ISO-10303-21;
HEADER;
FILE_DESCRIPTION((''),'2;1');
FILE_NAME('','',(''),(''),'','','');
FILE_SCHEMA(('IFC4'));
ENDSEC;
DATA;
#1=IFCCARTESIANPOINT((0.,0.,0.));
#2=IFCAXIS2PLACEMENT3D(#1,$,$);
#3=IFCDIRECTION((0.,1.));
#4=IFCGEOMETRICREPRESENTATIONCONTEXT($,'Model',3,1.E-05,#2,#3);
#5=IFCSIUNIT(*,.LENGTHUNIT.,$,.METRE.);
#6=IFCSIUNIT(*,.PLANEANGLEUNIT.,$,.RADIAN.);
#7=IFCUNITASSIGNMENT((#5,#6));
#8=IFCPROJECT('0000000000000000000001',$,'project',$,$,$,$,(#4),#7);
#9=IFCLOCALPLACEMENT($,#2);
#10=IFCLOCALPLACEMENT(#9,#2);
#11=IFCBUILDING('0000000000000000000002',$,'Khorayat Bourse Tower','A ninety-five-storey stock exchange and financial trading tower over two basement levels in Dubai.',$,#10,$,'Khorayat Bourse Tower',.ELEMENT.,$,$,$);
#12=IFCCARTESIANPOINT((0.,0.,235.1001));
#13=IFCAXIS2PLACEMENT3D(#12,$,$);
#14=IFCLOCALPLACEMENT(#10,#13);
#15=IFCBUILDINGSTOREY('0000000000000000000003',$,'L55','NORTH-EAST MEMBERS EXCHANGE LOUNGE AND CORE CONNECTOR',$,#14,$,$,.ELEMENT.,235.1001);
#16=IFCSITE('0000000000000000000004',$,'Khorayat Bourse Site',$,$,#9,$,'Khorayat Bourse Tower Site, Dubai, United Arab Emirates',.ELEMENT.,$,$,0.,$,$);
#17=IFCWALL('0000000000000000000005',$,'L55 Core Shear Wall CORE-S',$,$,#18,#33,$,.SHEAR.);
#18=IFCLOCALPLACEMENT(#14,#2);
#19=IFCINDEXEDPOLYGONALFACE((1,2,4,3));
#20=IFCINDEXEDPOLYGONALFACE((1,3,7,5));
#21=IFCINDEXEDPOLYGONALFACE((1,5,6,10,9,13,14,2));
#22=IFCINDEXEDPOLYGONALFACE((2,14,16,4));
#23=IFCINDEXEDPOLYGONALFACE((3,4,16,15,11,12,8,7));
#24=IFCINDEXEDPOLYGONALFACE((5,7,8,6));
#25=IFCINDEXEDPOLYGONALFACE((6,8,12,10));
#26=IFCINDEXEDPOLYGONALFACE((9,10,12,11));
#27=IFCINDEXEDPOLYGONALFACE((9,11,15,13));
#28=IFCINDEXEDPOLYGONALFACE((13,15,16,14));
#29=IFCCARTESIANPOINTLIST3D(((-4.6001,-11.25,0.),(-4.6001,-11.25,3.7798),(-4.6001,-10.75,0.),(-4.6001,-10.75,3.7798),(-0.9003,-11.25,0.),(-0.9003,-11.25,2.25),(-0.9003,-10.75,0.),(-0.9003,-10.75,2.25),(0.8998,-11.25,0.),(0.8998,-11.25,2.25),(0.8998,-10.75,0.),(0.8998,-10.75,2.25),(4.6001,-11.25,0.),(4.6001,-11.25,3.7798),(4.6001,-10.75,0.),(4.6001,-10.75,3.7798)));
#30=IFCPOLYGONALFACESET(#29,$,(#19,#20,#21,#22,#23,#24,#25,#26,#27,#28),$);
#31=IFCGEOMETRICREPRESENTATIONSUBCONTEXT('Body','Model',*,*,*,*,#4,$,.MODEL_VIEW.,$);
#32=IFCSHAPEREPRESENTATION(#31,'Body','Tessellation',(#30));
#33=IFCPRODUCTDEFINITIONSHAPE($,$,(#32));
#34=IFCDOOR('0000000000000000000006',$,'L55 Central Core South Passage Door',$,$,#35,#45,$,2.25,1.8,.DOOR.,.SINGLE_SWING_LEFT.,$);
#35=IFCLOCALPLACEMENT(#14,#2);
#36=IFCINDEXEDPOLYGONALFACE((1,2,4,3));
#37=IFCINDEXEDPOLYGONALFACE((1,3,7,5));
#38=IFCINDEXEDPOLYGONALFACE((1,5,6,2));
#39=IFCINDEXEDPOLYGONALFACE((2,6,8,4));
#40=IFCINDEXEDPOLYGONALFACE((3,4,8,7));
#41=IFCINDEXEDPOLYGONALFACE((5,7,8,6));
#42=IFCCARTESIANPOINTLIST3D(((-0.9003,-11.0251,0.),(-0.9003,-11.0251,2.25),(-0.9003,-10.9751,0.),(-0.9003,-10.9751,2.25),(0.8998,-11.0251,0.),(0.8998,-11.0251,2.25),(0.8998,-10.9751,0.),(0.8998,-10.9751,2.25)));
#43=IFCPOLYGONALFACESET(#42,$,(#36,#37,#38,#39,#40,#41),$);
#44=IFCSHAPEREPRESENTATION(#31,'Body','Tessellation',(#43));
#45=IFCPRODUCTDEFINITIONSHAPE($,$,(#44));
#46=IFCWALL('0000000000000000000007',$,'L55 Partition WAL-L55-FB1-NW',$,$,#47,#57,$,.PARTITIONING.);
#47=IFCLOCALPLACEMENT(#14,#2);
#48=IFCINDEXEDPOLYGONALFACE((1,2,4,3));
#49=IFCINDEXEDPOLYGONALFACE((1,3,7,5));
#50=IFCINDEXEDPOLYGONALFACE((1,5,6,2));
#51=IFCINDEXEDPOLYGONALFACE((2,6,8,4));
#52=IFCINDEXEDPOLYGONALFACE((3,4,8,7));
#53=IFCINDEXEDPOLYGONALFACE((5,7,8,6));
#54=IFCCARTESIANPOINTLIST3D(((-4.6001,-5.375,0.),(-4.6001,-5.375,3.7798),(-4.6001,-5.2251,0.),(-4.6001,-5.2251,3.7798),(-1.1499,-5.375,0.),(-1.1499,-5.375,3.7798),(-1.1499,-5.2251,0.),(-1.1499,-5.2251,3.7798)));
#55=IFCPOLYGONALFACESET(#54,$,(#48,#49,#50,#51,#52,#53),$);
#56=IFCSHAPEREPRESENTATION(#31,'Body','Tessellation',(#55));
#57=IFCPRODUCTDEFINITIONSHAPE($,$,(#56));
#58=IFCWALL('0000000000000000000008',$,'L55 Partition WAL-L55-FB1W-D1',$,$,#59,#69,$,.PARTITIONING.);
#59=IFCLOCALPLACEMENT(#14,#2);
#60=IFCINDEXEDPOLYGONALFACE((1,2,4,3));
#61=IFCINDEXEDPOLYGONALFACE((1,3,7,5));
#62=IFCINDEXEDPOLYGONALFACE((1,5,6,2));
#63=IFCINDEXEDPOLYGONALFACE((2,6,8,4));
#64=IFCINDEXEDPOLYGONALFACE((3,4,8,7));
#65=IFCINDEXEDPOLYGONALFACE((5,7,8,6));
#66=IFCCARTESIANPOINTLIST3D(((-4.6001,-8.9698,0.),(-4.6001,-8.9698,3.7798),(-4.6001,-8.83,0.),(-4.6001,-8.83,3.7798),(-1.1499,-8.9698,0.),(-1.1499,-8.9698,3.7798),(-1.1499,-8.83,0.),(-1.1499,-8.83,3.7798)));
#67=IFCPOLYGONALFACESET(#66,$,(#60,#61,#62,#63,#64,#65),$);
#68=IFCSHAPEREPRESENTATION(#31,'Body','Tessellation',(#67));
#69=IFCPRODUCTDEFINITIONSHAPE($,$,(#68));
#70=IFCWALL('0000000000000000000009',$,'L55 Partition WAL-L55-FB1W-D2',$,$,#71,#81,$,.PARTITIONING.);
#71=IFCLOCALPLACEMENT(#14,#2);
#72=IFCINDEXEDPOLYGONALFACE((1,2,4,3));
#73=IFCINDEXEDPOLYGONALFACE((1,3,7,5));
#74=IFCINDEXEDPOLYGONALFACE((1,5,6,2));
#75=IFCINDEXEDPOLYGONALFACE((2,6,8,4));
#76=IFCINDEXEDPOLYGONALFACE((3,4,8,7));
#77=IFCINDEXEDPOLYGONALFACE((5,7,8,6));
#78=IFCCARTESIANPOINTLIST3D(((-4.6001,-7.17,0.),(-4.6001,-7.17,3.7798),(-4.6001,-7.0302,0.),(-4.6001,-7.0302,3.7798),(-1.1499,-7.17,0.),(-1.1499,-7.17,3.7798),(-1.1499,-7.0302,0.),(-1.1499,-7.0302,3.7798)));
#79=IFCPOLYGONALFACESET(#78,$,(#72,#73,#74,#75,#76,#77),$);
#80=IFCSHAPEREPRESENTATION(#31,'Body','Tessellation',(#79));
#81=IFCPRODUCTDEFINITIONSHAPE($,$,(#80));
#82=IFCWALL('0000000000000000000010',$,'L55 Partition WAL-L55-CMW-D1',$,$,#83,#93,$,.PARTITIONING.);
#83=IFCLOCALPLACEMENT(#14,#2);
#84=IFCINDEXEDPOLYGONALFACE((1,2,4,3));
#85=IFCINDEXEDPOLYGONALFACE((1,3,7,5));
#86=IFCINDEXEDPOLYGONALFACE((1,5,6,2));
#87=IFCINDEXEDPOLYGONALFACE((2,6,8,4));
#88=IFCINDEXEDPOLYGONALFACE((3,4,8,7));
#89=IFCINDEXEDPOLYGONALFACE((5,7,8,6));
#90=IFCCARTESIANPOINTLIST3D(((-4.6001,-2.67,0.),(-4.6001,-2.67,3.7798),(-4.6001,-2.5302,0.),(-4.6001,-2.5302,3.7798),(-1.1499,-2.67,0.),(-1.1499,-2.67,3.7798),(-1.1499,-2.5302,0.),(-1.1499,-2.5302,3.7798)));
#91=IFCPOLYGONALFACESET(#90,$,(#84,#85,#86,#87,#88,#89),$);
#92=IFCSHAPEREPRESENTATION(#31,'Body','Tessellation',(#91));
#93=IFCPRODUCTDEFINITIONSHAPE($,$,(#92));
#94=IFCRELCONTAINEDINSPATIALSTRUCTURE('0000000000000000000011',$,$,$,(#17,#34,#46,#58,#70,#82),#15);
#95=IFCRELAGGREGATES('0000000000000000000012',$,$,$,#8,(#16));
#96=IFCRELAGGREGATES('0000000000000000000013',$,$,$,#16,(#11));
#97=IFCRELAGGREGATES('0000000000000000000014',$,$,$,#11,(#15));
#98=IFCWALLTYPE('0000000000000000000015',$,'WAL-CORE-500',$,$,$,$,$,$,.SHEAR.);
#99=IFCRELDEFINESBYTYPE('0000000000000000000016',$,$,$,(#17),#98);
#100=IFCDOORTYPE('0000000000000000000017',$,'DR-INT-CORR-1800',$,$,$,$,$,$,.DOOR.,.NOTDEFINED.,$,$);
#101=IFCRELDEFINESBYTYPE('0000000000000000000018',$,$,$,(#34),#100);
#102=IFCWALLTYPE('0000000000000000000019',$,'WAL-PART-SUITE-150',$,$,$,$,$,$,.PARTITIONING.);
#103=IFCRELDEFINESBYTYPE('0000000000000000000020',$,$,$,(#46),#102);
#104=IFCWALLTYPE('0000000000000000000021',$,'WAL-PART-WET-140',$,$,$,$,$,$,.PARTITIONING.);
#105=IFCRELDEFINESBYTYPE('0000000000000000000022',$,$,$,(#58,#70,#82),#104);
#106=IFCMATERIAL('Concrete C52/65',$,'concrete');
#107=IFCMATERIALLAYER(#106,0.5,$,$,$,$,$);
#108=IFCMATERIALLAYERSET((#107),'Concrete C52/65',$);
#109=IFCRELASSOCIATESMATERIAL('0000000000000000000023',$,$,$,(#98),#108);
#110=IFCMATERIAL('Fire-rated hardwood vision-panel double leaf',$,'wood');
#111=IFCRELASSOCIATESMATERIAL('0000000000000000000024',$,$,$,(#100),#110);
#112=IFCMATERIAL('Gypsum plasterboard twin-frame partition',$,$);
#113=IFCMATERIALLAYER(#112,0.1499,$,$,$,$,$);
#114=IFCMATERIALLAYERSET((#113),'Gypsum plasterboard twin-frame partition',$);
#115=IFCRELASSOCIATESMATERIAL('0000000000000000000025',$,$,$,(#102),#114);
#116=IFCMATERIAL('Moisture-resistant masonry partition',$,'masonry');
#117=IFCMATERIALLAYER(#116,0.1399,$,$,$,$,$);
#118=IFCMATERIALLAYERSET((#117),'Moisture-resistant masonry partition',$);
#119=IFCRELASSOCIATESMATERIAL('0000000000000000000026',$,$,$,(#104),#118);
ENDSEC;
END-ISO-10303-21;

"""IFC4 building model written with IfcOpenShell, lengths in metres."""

from ifc_helpers import new_model, si_unit, direction, frame, frame_2d, origin, place, context, subcontext, project, spatial, rectangle, extrude, source, transform, mapped, material, layer, layer_set, type_object, element, fill, save


model = new_model("IFC4")

# Units and contexts
model_context = context("Model", 3, precision=1e-05, world=origin(), true_north=direction((0.0, 1.0)))
body_context = subcontext(model_context, "Body", "Model", "MODEL_VIEW")
ifc_project = project(units=[si_unit("LENGTHUNIT", "METRE"), si_unit("PLANEANGLEUNIT", "RADIAN")], contexts=[model_context])

# Site, building, storey
site_placement = place(None, origin())
site = spatial("IfcSite", under=ifc_project, at=site_placement, Name="Khorayat Bourse Site", LongName="Khorayat Bourse Tower Site, Dubai, United Arab Emirates", CompositionType="ELEMENT", RefElevation=0.0)
building_placement = place(site_placement, origin())
building = spatial("IfcBuilding", under=site, at=building_placement, Name="Khorayat Bourse Tower", Description="A ninety-five-storey stock exchange and financial trading tower over two basement levels in Dubai.", LongName="Khorayat Bourse Tower", CompositionType="ELEMENT")
storey_placement = place(building_placement, frame((0.0, 0.0, 235.1001)))
storey = spatial("IfcBuildingStorey", under=building, at=storey_placement, Name="L55", Description="NORTH-EAST MEMBERS EXCHANGE LOUNGE AND CORE CONNECTOR", CompositionType="ELEMENT", Elevation=235.1001)

# Shared definitions
ifc_material_1 = material(Name="Concrete C52/65", Category="concrete")
ifc_layer_1 = layer(ifc_material_1, 0.5)
ifc_layer_set_1 = layer_set([ifc_layer_1], Name="Concrete C52/65")
wall_type_1 = type_object("IfcWallType", Name="WAL-CORE-500", PredefinedType="SHEAR", material=ifc_layer_set_1)

# Wall, opening, door
shared_shape_1 = source(origin(), body_context, "Body", "SweptSolid", [
    extrude(rectangle(XDim=9.2002, YDim=0.5, at=frame_2d((4.6001, 0.0))), origin(), (0.0, 0.0, 1.0), 3.7798),
])
wall_1_placement = place(storey_placement, frame((-4.6001, -11.0, 0.0), z_axis=(0.0, 0.0, 1.0), x_axis=(1.0, 0.0, 0.0)))
wall_1 = element("IfcWall", 1, at=wall_1_placement, inside=storey, type_object=wall_type_1, Name="L55 Core Shear Wall CORE-S", PredefinedType="SHEAR", context=body_context, shape_type="MappedRepresentation", body=[
    mapped(shared_shape_1, transform((0.0, 0.0, 0.0), scale=1.0)),
])
shared_shape_2 = source(origin(), body_context, "Body", "SweptSolid", [
    extrude(rectangle(XDim=1.8, YDim=2.25, at=frame_2d((0.8999, 1.125))), frame((0.0, 0.26, 0.0), z_axis=(0.0, -1.0, 0.0), x_axis=(1.0, 0.0, 0.0)), (0.0, 0.0, 1.0), 0.52),
])
opening_1_placement = place(wall_1_placement, frame((3.7, 0.0, 0.0)))
opening_1 = element("IfcOpeningElement", 2, at=opening_1_placement, cuts=wall_1, PredefinedType="OPENING", context=body_context, shape_type="MappedRepresentation", body=[
    mapped(shared_shape_2, transform((0.0, 0.0, 0.0), scale=1.0)),
])
ifc_material_2 = material(Name="Fire-rated hardwood vision-panel double leaf", Category="wood")
door_type_1 = type_object("IfcDoorType", Name="DR-INT-CORR-1800", OperationType="NOTDEFINED", PredefinedType="DOOR", material=ifc_material_2)
shared_shape_3 = source(origin(), body_context, "Body", "SweptSolid", [
    extrude(rectangle(XDim=1.8, YDim=2.25, at=frame_2d((0.8999, 1.125))), frame((0.0, 0.0249, 0.0), z_axis=(0.0, -1.0, 0.0), x_axis=(1.0, 0.0, 0.0)), (0.0, 0.0, 1.0), 0.05),
])
door_1_placement = place(opening_1_placement, origin())
door_1 = element("IfcDoor", 3, at=door_1_placement, inside=storey, type_object=door_type_1, Name="L55 Central Core South Passage Door", OperationType="SINGLE_SWING_LEFT", OverallHeight=2.25, OverallWidth=1.8, PredefinedType="DOOR", context=body_context, shape_type="MappedRepresentation", body=[
    mapped(shared_shape_3, transform((0.0, 0.0, 0.0), scale=1.0)),
])
fill(opening_1, door_1)

# Walls
ifc_material_3 = material(Name="Gypsum plasterboard twin-frame partition")
ifc_layer_2 = layer(ifc_material_3, 0.1499)
ifc_layer_set_2 = layer_set([ifc_layer_2], Name="Gypsum plasterboard twin-frame partition")
wall_type_2 = type_object("IfcWallType", Name="WAL-PART-SUITE-150", PredefinedType="PARTITIONING", material=ifc_layer_set_2)
shared_shape_4 = source(origin(), body_context, "Body", "SweptSolid", [
    extrude(rectangle(XDim=3.4502, YDim=0.1499, at=frame_2d((1.7251, 0.0))), origin(), (0.0, 0.0, 1.0), 3.7798),
])
wall_2_placement = place(storey_placement, frame((-4.6001, -5.3, 0.0), z_axis=(0.0, 0.0, 1.0), x_axis=(1.0, 0.0, 0.0)))
element("IfcWall", 4, at=wall_2_placement, inside=storey, type_object=wall_type_2, Name="L55 Partition WAL-L55-FB1-NW", PredefinedType="PARTITIONING", context=body_context, shape_type="MappedRepresentation", body=[
    mapped(shared_shape_4, transform((0.0, 0.0, 0.0), scale=1.0)),
])
ifc_material_4 = material(Name="Moisture-resistant masonry partition", Category="masonry")
ifc_layer_3 = layer(ifc_material_4, 0.1399)
ifc_layer_set_3 = layer_set([ifc_layer_3], Name="Moisture-resistant masonry partition")
wall_type_3 = type_object("IfcWallType", Name="WAL-PART-WET-140", PredefinedType="PARTITIONING", material=ifc_layer_set_3)
shared_shape_5 = source(origin(), body_context, "Body", "SweptSolid", [
    extrude(rectangle(XDim=3.4502, YDim=0.1399, at=frame_2d((1.7251, 0.0))), origin(), (0.0, 0.0, 1.0), 3.7798),
])
for number, where, z_axis, x_axis, name in (
    (5, (-4.6001, -8.8999, 0.0), (0.0, 0.0, 1.0), (1.0, 0.0, 0.0), "L55 Partition WAL-L55-FB1W-D1"),
    (6, (-4.6001, -7.1001, 0.0), (0.0, 0.0, 1.0), (1.0, 0.0, 0.0), "L55 Partition WAL-L55-FB1W-D2"),
    (7, (-4.6001, -2.6001, 0.0), (0.0, 0.0, 1.0), (1.0, 0.0, 0.0), "L55 Partition WAL-L55-CMW-D1"),
):
    element("IfcWall", number, at=place(storey_placement, frame(where, z_axis=z_axis, x_axis=x_axis)), inside=storey, type_object=wall_type_3, Name=name, PredefinedType="PARTITIONING", context=body_context, shape_type="MappedRepresentation", body=[
        mapped(shared_shape_5, transform((0.0, 0.0, 0.0), scale=1.0)),
    ])

save(model, "model.ifc")
